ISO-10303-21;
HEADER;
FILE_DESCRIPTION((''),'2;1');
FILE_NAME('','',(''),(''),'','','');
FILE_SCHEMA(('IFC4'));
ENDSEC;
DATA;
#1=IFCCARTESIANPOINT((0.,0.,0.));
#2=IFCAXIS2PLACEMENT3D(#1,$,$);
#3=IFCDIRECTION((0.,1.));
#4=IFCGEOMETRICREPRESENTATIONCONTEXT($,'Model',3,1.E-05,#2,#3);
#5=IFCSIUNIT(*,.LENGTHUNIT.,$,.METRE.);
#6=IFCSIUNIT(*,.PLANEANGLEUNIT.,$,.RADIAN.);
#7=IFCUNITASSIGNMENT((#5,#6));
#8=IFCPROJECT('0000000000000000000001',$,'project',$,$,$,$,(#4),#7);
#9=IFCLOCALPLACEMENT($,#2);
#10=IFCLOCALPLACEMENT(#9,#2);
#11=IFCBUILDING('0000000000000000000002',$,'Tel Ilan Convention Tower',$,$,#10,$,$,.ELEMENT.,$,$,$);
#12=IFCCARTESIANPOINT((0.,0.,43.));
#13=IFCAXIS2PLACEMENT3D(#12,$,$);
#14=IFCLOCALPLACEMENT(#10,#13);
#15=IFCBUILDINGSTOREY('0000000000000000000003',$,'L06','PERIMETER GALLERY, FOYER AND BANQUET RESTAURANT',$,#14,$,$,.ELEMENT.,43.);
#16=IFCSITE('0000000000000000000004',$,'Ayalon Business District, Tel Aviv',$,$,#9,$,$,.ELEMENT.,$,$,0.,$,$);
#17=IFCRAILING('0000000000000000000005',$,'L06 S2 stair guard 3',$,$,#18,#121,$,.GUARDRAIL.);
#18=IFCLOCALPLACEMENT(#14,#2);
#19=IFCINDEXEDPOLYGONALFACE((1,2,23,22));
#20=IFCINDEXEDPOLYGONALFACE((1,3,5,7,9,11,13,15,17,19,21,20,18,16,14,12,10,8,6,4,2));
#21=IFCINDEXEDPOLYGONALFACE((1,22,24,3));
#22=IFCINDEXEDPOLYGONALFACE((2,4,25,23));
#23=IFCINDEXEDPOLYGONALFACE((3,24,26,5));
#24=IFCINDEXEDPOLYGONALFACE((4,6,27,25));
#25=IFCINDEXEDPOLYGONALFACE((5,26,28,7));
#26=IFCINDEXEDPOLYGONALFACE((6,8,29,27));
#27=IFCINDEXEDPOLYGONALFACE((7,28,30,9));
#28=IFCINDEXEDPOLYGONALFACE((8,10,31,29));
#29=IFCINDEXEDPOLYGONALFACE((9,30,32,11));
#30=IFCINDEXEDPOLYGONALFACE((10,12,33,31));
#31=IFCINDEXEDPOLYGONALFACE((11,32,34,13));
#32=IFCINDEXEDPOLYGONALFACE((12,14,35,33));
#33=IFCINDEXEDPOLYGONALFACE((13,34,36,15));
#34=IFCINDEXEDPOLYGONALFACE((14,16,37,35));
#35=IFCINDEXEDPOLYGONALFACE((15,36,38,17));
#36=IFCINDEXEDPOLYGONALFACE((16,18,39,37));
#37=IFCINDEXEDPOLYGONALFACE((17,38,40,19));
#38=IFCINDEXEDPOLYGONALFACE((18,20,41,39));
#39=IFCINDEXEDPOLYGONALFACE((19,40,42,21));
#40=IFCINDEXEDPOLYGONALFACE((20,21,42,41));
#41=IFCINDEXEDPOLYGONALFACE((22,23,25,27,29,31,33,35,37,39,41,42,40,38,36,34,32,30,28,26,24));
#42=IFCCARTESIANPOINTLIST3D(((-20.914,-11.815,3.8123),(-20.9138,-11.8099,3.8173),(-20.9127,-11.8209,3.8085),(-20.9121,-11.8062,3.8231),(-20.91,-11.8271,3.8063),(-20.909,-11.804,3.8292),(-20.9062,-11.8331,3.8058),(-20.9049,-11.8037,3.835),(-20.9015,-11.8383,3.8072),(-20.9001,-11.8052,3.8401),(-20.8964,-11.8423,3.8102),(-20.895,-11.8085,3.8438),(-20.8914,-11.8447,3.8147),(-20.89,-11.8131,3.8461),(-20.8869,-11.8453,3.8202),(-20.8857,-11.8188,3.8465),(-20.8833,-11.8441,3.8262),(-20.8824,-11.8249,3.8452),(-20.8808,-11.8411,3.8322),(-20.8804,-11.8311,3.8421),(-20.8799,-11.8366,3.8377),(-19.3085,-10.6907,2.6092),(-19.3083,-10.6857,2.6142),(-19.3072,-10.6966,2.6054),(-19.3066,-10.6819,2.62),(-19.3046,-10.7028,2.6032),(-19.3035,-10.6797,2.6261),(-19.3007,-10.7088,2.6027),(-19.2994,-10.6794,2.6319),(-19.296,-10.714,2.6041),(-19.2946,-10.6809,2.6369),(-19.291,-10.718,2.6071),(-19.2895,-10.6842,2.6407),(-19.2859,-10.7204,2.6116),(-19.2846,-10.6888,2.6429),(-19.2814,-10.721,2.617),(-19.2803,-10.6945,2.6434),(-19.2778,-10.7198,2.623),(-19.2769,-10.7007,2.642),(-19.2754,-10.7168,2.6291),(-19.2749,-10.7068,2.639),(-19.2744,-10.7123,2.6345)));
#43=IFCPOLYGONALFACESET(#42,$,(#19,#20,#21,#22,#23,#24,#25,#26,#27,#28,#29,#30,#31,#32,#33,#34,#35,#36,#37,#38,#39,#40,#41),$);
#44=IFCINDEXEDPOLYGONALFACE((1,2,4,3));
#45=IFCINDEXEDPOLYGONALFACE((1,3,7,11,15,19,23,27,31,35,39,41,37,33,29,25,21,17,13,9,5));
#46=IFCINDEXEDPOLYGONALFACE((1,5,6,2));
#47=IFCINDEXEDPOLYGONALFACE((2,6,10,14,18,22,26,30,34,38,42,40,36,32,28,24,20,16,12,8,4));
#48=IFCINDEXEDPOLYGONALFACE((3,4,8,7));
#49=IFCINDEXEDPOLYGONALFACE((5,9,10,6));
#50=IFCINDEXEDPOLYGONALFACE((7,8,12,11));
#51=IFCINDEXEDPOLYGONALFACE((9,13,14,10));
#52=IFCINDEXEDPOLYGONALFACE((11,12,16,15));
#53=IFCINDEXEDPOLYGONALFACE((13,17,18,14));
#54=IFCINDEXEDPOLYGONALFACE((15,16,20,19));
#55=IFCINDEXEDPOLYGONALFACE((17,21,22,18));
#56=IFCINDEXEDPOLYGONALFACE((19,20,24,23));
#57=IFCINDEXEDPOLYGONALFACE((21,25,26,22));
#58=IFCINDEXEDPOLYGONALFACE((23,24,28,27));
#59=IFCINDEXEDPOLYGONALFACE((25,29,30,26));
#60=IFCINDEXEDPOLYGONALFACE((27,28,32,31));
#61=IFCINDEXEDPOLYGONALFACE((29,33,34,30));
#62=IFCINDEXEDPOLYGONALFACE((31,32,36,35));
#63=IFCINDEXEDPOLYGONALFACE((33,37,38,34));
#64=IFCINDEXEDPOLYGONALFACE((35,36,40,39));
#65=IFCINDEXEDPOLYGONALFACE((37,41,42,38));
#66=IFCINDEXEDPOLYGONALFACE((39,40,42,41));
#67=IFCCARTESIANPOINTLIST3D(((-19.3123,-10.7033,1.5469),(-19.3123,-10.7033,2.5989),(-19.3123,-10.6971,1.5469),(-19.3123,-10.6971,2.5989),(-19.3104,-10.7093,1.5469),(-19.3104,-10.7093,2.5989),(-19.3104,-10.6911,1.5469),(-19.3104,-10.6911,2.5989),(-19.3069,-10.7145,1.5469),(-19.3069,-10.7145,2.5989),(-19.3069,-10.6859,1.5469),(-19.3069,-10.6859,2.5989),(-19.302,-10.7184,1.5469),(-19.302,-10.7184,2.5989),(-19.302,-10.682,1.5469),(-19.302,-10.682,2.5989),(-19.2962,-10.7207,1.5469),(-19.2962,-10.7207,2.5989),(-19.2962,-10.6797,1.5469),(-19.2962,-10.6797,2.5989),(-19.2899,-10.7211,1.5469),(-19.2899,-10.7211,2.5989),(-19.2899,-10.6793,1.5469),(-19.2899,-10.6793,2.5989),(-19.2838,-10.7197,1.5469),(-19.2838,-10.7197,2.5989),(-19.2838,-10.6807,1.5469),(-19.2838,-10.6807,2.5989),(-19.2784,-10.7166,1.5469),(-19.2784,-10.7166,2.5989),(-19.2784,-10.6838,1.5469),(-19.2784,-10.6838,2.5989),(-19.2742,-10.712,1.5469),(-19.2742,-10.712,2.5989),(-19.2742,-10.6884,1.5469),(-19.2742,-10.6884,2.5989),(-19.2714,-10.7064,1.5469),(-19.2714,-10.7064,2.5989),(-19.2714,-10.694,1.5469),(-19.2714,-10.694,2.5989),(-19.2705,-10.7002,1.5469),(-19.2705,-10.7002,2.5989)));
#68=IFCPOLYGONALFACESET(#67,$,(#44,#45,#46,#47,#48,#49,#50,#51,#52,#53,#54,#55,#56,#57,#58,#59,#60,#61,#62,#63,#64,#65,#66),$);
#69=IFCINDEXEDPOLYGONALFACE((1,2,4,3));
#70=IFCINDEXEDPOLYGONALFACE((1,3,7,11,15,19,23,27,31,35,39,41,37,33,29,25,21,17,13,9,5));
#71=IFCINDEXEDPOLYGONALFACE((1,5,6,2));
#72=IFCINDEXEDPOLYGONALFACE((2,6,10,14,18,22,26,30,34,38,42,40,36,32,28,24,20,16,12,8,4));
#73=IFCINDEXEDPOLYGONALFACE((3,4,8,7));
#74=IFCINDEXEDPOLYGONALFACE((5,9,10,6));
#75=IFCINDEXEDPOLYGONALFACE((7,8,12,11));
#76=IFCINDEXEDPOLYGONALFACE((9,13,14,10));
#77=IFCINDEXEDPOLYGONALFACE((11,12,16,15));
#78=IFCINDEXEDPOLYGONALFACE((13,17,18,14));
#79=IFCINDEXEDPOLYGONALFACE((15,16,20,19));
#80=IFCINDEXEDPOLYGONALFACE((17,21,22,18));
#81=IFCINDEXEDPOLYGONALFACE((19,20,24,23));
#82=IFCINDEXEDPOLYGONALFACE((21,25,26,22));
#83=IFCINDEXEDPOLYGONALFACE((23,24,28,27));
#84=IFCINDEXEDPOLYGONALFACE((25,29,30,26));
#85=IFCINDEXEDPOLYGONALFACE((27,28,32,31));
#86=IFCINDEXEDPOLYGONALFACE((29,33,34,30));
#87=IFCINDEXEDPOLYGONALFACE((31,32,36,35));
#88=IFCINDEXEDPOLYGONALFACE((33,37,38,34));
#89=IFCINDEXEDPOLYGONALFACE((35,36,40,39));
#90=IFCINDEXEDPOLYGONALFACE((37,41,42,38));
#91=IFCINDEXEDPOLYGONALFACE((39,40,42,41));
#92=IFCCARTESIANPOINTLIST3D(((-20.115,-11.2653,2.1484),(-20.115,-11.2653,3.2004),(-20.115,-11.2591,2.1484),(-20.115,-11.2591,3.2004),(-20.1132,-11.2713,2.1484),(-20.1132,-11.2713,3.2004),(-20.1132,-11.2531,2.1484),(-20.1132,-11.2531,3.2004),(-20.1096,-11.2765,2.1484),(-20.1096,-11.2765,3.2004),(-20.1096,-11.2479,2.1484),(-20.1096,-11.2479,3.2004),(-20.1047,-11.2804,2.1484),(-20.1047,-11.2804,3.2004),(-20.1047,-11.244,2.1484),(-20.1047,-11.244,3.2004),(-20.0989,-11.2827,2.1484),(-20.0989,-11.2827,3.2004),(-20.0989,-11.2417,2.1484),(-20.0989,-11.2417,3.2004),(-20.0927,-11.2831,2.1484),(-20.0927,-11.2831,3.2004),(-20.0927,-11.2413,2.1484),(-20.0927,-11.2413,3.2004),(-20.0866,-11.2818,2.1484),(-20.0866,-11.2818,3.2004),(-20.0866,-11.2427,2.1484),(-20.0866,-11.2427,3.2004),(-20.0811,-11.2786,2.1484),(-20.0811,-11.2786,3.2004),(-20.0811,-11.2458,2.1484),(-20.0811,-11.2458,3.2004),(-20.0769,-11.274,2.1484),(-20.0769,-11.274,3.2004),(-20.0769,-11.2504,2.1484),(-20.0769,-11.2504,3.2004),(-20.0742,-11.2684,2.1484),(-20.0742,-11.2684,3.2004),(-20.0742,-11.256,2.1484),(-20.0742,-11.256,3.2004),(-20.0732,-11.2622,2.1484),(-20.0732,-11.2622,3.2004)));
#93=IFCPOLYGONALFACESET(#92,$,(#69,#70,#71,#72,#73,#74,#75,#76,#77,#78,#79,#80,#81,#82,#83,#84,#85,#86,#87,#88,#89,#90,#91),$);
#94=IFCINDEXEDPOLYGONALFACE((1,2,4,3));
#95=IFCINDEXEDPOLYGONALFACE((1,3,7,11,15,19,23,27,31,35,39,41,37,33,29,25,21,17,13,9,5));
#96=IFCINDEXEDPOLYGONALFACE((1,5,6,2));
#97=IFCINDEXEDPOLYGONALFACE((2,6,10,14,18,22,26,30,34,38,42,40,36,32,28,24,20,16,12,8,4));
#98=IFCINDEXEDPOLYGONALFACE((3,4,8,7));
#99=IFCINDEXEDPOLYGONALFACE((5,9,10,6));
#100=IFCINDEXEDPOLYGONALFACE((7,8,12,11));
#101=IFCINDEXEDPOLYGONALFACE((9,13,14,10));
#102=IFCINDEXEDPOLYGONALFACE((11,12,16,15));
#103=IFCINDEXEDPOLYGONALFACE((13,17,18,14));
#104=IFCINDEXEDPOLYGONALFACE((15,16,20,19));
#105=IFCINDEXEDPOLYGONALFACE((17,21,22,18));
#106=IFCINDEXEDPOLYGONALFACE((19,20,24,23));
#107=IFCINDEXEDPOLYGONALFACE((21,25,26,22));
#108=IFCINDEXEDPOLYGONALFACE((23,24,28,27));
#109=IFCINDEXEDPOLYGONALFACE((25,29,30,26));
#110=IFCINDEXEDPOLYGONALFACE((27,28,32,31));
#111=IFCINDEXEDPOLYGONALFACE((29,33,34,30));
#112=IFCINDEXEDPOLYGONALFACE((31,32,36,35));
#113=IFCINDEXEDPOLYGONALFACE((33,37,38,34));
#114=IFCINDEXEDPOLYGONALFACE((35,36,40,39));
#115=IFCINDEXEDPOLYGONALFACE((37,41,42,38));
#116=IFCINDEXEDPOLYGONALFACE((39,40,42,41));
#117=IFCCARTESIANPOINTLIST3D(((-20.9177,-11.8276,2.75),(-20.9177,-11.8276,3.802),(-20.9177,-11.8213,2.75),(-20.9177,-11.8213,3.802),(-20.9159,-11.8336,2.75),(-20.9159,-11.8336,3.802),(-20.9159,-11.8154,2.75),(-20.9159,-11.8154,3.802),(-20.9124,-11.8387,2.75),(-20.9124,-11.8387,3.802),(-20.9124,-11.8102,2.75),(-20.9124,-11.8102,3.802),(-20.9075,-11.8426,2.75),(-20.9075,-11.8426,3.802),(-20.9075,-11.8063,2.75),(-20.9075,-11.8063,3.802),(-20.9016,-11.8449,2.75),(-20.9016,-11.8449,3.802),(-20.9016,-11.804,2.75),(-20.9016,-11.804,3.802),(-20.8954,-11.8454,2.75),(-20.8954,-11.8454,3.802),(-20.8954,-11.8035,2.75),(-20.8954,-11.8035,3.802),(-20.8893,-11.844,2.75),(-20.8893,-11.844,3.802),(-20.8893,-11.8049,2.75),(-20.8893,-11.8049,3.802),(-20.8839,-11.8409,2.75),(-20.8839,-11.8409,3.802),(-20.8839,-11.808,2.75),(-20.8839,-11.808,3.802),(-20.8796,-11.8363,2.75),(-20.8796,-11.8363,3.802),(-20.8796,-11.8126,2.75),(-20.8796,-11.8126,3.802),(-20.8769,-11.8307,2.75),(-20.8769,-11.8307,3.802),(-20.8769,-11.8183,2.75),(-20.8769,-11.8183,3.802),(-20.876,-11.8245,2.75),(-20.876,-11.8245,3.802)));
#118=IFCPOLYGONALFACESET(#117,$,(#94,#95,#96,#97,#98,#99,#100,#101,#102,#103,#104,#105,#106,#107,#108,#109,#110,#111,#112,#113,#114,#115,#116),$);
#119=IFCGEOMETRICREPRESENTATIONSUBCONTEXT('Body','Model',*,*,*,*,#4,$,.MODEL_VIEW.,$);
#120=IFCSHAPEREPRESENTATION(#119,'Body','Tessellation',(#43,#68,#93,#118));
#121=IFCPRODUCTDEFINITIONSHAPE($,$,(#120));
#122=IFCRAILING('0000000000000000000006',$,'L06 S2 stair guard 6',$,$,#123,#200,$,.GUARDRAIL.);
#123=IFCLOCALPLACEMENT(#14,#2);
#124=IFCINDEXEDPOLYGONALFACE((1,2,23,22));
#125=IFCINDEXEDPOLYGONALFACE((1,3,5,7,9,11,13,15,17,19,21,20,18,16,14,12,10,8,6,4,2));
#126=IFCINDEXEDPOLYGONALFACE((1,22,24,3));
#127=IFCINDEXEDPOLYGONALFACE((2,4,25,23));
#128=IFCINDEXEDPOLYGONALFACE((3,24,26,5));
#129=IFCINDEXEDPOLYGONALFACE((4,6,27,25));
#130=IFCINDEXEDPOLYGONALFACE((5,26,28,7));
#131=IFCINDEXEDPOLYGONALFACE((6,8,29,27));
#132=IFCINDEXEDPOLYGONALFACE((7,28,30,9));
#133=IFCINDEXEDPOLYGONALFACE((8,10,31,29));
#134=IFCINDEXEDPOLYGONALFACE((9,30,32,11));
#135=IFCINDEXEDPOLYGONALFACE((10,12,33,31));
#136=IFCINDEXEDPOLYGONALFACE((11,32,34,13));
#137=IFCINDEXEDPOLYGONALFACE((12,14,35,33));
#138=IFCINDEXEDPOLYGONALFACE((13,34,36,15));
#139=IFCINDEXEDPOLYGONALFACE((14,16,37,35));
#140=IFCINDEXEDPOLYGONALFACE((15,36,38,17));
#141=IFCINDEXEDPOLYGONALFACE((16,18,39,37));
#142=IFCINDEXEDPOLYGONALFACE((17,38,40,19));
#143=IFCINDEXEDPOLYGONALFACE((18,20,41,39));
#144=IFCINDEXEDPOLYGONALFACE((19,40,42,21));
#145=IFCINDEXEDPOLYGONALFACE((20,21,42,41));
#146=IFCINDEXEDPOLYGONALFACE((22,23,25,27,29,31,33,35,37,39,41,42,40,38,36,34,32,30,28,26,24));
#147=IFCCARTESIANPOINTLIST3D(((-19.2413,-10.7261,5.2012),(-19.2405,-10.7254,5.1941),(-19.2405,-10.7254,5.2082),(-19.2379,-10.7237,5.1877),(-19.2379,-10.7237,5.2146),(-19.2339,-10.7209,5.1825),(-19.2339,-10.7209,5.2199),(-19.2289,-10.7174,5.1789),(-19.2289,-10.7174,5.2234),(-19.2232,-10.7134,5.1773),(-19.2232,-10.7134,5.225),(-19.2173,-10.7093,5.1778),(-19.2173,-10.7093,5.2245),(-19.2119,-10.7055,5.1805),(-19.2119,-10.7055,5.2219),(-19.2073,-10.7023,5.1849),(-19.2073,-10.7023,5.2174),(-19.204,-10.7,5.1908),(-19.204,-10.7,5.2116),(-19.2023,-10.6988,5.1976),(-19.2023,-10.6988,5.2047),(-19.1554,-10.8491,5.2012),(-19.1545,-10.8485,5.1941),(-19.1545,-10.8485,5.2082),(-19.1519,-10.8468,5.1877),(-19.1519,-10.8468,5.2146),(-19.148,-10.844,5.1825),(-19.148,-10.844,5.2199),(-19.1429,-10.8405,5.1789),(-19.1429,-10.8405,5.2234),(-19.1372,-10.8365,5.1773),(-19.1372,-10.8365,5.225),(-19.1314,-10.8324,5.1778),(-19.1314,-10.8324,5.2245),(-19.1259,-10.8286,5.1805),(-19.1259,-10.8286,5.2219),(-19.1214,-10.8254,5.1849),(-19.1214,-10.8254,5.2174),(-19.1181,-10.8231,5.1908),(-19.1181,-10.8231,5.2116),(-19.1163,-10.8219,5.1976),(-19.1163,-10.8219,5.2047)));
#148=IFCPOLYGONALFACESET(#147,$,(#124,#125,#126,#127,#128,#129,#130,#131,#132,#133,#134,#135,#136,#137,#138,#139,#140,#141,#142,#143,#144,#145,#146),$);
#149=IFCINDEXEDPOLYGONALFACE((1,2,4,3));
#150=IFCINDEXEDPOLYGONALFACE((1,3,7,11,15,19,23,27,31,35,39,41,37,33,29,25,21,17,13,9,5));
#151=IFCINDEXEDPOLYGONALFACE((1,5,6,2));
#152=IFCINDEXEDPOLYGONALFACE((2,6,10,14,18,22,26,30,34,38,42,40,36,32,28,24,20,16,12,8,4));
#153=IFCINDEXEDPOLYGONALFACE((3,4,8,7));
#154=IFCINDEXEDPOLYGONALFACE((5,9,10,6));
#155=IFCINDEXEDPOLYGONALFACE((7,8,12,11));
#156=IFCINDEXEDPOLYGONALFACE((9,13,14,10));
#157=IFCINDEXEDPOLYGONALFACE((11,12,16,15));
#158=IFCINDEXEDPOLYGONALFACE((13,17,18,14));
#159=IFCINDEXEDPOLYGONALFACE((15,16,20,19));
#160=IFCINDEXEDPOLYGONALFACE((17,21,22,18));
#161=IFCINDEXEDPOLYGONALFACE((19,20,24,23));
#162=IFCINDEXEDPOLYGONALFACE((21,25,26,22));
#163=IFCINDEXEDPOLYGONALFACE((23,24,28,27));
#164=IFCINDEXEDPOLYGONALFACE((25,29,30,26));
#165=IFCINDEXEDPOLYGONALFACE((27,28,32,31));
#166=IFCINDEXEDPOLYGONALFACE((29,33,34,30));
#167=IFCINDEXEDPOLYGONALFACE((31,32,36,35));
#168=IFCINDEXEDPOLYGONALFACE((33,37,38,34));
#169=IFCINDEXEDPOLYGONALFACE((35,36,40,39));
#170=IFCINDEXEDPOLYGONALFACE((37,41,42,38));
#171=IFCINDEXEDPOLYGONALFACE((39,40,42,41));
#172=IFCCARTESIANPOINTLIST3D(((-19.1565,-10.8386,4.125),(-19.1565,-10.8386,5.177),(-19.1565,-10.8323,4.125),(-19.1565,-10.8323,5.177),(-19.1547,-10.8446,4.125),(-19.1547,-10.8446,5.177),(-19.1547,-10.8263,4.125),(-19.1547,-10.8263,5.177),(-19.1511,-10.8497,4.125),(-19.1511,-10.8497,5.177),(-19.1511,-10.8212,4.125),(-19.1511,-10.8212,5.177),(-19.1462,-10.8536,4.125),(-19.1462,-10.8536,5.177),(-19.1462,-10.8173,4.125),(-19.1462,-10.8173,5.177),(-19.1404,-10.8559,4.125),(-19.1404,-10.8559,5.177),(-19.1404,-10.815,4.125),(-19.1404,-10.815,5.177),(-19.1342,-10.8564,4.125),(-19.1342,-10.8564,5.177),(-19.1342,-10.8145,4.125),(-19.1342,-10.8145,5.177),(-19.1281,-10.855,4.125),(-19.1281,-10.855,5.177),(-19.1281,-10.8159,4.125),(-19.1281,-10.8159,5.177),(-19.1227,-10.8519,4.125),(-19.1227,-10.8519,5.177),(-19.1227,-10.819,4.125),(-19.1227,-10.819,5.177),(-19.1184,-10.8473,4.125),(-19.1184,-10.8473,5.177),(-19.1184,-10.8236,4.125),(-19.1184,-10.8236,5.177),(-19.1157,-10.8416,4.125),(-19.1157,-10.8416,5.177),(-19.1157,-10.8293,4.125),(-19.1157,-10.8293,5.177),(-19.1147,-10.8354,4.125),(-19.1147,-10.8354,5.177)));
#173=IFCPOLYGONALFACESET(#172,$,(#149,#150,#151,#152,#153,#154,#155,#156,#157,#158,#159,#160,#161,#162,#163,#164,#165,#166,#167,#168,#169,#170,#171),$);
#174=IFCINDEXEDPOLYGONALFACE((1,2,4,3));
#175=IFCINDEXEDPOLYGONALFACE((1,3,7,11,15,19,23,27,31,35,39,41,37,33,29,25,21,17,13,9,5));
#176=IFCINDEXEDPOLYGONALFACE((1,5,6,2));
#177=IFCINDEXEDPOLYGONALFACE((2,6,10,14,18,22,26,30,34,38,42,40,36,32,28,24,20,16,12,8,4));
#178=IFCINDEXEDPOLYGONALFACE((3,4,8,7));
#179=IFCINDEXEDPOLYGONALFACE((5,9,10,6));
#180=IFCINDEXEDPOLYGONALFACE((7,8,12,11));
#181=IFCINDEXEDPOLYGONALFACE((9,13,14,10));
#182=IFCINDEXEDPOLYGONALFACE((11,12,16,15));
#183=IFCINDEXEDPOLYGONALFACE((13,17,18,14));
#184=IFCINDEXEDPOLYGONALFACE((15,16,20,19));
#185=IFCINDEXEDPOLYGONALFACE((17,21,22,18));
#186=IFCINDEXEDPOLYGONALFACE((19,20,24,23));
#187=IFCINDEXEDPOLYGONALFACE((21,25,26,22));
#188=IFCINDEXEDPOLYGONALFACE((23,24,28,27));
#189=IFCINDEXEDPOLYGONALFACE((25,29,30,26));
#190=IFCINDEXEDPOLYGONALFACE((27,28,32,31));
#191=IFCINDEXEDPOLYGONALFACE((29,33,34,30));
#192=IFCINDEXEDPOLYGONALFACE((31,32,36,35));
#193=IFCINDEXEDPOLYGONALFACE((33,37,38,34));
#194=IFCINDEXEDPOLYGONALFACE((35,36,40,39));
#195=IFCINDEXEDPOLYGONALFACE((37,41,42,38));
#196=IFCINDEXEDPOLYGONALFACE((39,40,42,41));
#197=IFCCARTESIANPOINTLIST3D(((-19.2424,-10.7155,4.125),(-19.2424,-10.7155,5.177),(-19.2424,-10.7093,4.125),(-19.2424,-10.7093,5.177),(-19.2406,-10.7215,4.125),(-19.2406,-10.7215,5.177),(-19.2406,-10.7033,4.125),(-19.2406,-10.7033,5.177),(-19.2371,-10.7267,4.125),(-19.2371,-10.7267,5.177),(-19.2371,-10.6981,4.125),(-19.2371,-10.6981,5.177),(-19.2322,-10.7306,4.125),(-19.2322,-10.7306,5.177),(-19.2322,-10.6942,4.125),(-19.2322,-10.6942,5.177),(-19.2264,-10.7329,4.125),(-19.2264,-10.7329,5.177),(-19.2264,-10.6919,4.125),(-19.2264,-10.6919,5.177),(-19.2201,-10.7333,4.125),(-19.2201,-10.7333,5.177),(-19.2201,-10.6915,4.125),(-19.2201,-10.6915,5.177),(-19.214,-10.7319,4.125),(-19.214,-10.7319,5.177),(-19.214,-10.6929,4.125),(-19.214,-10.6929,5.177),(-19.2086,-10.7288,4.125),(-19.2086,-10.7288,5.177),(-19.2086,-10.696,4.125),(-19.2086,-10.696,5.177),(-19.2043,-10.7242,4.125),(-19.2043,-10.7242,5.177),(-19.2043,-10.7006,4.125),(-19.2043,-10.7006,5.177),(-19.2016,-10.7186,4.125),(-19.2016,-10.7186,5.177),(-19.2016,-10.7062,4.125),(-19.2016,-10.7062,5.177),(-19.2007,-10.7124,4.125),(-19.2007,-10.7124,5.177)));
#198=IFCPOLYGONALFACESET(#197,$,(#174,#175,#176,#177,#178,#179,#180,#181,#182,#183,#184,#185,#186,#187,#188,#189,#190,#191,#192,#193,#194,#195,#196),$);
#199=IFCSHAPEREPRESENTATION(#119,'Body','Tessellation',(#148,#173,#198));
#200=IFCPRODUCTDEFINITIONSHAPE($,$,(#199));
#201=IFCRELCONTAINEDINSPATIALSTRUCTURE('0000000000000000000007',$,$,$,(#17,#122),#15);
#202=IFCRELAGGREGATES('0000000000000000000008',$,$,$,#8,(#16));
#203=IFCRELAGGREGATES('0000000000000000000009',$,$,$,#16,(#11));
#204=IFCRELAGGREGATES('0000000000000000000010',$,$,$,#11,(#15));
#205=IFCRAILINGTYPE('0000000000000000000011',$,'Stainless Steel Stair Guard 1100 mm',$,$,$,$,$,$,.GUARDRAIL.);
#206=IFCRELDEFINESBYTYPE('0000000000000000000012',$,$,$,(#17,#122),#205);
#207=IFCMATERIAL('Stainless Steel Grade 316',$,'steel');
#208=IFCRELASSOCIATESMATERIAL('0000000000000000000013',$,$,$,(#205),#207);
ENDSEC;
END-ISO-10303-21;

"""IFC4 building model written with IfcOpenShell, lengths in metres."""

from ifc_helpers import new_model, si_unit, direction, frame, origin, origin_2d, place, context, subcontext, project, spatial, circle, extrude, material, type_object, element, save


model = new_model("IFC4")

# Units and contexts
model_context = context("Model", 3, precision=1e-05, world=origin(), true_north=direction((0.0, 1.0)))
body_context = subcontext(model_context, "Body", "Model", "MODEL_VIEW")
ifc_project = project(units=[si_unit("LENGTHUNIT", "METRE"), si_unit("PLANEANGLEUNIT", "RADIAN")], contexts=[model_context])

# Site, building, storey
site_placement = place(None, origin())
site = spatial("IfcSite", under=ifc_project, at=site_placement, Name="Ayalon Business District, Tel Aviv", CompositionType="ELEMENT", RefElevation=0.0)
building_placement = place(site_placement, origin())
building = spatial("IfcBuilding", under=site, at=building_placement, Name="Tel Ilan Convention Tower", CompositionType="ELEMENT")
storey_placement = place(building_placement, frame((0.0, 0.0, 43.0)))
storey = spatial("IfcBuildingStorey", under=building, at=storey_placement, Name="L06", Description="PERIMETER GALLERY, FOYER AND BANQUET RESTAURANT", CompositionType="ELEMENT", Elevation=43.0)

# Railings
ifc_material_1 = material(Name="Stainless Steel Grade 316", Category="steel")
railing_type_1 = type_object("IfcRailingType", Name="Stainless Steel Stair Guard 1100 mm", PredefinedType="GUARDRAIL", material=ifc_material_1)
railing_1_placement = place(storey_placement, frame((-19.2915, -10.7002, 1.5469)))
element("IfcRailing", 1, at=railing_1_placement, inside=storey, type_object=railing_type_1, Name="L06 S2 stair guard 3", PredefinedType="GUARDRAIL", context=body_context, shape_type="SweptSolid", body=[
    extrude(circle(Radius=0.0239, at=origin_2d()), frame((0.0, 0.0, 1.0762), z_axis=(-0.698095, -0.488857, 0.523146), x_axis=(0.573613, -0.819127, 0.0)), (0.0, 0.0, 1.0), 2.2998),
    extrude(circle(Radius=0.021, at=origin_2d()), origin(), (0.0, 0.0, 1.0), 1.052),
    extrude(circle(Radius=0.021, at=origin_2d()), frame((-0.8027, -0.562, 0.6016)), (0.0, 0.0, 1.0), 1.052),
    extrude(circle(Radius=0.021, at=origin_2d()), frame((-1.6055, -1.1243, 1.2031)), (0.0, 0.0, 1.0), 1.052),
])
railing_2_placement = place(storey_placement, frame((-19.1357, -10.8354, 4.125)))
element("IfcRailing", 2, at=railing_2_placement, inside=storey, type_object=railing_type_1, Name="L06 S2 stair guard 6", PredefinedType="GUARDRAIL", context=body_context, shape_type="SweptSolid", body=[
    extrude(circle(Radius=0.0239, at=origin_2d()), frame((0.0, 0.0, 1.0762), z_axis=(-0.572589, 0.819843, 0.0), x_axis=(-0.819843, -0.572589, 0.0)), (0.0, 0.0, 1.0), 0.1501),
    extrude(circle(Radius=0.021, at=origin_2d()), origin(), (0.0, 0.0, 1.0), 1.052),
    extrude(circle(Radius=0.021, at=origin_2d()), frame((-0.0859, 0.123, 0.0)), (0.0, 0.0, 1.0), 1.052),
])

save(model, "model.ifc")
